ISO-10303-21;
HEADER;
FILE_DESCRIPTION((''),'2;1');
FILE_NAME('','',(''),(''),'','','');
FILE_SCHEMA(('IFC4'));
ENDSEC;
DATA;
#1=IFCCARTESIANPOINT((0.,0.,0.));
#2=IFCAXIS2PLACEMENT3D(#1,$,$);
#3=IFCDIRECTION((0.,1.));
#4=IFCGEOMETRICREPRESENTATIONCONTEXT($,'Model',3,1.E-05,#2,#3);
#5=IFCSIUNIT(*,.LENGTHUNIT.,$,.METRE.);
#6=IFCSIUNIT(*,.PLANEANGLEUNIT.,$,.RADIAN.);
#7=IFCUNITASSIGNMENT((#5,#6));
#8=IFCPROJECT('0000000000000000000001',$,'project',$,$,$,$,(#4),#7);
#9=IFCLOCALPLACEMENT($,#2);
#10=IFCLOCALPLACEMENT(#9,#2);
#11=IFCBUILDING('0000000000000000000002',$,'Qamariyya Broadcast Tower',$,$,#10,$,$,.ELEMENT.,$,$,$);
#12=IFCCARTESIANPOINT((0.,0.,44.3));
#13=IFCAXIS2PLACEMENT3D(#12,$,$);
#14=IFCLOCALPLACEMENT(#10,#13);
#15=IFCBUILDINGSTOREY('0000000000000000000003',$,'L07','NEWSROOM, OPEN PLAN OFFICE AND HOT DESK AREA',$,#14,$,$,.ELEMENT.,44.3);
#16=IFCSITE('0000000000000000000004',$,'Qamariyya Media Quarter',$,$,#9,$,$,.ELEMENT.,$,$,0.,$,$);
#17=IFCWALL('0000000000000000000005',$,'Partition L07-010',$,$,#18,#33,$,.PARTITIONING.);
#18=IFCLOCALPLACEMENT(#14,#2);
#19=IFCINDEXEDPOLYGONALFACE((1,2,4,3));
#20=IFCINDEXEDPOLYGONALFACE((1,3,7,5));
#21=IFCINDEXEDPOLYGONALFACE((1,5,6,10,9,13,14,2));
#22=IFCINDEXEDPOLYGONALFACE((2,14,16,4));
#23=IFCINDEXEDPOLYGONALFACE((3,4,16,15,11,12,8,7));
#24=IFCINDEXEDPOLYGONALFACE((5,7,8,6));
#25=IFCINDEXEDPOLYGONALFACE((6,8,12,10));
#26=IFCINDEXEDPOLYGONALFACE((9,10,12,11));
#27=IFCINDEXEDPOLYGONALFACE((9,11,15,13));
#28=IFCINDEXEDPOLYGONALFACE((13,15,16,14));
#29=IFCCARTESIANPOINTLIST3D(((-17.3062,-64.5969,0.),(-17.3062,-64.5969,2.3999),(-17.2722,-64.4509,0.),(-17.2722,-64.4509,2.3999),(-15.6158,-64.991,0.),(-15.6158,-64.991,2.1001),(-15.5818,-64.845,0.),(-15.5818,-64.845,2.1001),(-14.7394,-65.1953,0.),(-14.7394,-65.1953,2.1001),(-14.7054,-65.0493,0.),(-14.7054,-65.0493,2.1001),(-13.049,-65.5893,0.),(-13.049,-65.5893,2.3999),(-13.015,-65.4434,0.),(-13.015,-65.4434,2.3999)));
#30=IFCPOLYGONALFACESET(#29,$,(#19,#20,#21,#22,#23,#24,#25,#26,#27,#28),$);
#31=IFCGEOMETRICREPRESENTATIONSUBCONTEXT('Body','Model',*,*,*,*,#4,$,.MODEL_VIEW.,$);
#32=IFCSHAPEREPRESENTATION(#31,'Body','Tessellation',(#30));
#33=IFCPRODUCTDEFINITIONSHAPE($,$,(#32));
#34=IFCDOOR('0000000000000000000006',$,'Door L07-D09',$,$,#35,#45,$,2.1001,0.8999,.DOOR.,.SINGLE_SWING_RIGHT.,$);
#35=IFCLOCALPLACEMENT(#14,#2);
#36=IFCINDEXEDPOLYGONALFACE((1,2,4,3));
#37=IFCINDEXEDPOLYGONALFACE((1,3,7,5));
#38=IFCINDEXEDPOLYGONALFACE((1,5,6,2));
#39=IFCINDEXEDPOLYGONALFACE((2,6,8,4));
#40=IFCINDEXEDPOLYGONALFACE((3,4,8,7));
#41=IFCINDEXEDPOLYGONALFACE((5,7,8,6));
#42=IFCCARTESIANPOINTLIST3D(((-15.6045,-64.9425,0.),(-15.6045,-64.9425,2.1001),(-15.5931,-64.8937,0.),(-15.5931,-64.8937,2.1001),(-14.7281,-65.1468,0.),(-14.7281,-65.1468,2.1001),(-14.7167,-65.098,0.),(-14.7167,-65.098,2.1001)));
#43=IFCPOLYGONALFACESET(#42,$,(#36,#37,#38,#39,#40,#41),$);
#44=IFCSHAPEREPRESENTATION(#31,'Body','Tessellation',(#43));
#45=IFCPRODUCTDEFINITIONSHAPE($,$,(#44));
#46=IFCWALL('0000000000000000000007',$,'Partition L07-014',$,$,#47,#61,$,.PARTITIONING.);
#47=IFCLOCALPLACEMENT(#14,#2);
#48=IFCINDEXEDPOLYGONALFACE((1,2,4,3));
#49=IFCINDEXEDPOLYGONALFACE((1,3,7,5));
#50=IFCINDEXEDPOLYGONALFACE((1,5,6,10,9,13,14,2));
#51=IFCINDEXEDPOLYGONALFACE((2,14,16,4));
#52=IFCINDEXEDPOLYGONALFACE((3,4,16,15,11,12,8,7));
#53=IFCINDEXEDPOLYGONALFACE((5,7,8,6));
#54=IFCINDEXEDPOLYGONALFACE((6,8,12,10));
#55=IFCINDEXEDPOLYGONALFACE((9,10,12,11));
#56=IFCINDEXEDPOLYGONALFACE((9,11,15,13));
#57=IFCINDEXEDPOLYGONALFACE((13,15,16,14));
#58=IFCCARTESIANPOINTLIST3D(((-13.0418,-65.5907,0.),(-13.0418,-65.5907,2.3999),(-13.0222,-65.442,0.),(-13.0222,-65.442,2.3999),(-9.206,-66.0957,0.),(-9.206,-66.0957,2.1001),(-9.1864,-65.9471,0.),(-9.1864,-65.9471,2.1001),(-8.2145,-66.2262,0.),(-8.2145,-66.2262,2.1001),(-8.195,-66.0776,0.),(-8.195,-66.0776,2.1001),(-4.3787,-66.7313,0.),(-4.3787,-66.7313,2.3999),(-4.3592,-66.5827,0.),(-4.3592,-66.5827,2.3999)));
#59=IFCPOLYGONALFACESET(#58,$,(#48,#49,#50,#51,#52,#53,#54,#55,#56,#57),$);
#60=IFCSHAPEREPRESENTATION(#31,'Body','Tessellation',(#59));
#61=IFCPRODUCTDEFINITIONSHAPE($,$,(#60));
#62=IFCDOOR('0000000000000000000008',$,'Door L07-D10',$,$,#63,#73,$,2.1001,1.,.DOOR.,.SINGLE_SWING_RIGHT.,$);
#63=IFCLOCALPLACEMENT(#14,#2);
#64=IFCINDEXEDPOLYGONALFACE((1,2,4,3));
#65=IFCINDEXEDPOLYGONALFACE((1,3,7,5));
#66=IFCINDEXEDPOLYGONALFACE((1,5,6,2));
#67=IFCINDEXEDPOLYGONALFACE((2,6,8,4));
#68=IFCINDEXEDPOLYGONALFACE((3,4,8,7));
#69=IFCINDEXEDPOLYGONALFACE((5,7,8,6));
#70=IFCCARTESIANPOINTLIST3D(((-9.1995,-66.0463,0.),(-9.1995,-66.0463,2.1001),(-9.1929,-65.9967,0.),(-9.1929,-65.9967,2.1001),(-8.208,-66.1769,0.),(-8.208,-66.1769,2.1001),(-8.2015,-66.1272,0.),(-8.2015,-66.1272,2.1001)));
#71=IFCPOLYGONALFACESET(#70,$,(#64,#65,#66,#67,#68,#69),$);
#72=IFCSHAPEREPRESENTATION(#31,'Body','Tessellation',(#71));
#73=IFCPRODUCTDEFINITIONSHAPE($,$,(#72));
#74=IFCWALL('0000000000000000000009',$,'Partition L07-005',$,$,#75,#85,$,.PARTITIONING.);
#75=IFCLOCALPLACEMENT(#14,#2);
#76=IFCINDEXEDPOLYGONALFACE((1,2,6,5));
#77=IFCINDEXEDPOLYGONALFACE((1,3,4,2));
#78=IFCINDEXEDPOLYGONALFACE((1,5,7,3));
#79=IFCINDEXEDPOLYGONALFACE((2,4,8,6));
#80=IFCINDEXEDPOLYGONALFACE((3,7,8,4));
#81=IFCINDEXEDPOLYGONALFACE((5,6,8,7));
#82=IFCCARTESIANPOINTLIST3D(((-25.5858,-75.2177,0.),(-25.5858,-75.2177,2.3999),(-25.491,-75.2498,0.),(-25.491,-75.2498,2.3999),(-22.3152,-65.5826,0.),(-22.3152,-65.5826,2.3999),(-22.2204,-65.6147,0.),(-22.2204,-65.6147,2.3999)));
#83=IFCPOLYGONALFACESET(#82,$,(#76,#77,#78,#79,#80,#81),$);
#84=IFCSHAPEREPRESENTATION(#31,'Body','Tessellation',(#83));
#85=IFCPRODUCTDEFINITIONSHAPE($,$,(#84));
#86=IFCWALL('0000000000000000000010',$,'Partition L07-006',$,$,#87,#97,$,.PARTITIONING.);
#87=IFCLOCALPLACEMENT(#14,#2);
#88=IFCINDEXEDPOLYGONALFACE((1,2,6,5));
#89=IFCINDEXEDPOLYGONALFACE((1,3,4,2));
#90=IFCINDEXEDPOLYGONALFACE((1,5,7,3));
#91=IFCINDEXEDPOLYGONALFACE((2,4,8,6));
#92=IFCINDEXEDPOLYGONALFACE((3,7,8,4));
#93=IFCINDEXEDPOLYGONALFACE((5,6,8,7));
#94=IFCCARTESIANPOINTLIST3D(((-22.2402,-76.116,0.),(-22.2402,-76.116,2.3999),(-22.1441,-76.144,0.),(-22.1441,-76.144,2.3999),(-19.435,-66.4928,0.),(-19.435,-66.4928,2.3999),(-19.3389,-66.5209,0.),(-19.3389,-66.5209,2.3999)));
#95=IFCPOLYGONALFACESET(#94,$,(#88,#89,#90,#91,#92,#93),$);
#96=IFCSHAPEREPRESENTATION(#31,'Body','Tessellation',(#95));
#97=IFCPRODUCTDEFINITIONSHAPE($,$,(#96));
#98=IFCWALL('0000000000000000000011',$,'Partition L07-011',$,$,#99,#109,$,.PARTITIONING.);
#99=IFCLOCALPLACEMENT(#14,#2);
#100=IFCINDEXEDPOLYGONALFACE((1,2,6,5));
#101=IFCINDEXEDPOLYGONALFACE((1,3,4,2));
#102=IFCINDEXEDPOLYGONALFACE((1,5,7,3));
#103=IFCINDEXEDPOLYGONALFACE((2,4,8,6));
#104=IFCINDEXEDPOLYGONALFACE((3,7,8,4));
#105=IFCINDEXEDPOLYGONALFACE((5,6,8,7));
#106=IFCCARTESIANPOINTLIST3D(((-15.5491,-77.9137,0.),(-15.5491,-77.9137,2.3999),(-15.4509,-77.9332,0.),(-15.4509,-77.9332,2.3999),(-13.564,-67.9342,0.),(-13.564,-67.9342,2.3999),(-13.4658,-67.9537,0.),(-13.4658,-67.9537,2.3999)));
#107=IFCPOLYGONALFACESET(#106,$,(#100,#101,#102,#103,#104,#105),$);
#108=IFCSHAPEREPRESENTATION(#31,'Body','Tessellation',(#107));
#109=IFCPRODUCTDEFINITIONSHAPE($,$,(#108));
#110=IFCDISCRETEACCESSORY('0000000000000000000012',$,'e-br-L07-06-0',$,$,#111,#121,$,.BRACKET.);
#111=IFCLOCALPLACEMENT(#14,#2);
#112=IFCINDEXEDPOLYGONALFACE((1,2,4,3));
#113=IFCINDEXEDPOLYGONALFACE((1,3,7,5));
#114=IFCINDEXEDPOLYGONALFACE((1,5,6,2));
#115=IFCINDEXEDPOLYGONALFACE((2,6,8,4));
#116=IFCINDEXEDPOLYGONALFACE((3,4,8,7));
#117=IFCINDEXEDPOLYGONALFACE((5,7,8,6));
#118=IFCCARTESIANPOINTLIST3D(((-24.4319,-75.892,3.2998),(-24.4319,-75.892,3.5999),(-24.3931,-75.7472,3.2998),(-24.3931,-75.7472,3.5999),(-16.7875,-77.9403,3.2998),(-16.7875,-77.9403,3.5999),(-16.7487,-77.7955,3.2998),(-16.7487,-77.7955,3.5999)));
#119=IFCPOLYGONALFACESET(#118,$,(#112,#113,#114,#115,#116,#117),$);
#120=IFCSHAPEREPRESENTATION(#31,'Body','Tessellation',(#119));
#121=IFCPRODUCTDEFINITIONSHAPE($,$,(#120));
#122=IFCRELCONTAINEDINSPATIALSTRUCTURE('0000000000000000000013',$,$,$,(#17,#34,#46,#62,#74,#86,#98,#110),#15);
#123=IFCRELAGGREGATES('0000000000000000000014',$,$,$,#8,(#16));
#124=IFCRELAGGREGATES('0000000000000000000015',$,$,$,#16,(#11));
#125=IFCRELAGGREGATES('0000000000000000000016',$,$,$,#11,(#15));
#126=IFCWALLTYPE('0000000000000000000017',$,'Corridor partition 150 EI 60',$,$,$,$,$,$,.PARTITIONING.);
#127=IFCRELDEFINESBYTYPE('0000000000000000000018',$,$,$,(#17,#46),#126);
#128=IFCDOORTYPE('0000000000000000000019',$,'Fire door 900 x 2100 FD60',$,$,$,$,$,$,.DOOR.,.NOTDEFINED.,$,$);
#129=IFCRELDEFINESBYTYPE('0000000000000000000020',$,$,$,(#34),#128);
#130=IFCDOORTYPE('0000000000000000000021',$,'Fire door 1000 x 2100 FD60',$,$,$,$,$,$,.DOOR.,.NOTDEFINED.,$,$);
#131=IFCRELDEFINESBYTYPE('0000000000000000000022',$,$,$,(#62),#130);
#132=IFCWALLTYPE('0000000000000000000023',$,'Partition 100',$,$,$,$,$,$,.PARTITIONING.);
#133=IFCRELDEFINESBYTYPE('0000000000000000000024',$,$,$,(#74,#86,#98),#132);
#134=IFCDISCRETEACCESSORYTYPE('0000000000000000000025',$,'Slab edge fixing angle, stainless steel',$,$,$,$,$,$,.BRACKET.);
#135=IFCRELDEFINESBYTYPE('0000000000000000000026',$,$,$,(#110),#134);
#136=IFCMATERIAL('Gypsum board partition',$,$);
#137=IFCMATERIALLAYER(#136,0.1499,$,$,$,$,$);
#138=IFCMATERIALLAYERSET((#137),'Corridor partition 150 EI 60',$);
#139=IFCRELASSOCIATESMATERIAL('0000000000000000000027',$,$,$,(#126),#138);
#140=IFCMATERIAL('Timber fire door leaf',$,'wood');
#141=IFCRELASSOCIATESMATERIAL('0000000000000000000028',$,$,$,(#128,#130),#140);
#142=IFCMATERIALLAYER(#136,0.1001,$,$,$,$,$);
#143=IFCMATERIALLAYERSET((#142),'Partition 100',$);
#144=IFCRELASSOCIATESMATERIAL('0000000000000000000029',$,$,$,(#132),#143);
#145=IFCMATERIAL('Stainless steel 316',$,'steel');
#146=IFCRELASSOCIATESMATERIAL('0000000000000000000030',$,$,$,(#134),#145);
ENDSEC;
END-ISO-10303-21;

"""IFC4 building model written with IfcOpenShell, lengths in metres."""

from ifc_helpers import new_model, si_unit, direction, frame, frame_2d, origin, origin_2d, place, context, subcontext, project, spatial, rectangle, extrude, material, layer, layer_set, type_object, element, fill, save


model = new_model("IFC4")

# Units and contexts
model_context = context("Model", 3, precision=1e-05, world=origin(), true_north=direction((0.0, 1.0)))
body_context = subcontext(model_context, "Body", "Model", "MODEL_VIEW")
ifc_project = project(units=[si_unit("LENGTHUNIT", "METRE"), si_unit("PLANEANGLEUNIT", "RADIAN")], contexts=[model_context])

# Site, building, storey
site_placement = place(None, origin())
site = spatial("IfcSite", under=ifc_project, at=site_placement, Name="Qamariyya Media Quarter", CompositionType="ELEMENT", RefElevation=0.0)
building_placement = place(site_placement, origin())
building = spatial("IfcBuilding", under=site, at=building_placement, Name="Qamariyya Broadcast Tower", CompositionType="ELEMENT")
storey_placement = place(building_placement, frame((0.0, 0.0, 44.3)))
storey = spatial("IfcBuildingStorey", under=building, at=storey_placement, Name="L07", Description="NEWSROOM, OPEN PLAN OFFICE AND HOT DESK AREA", CompositionType="ELEMENT", Elevation=44.3)

# Walls, openings, doors
ifc_material_1 = material(Name="Gypsum board partition")
ifc_layer_1 = layer(ifc_material_1, 0.1499)
ifc_layer_set_1 = layer_set([ifc_layer_1], Name="Corridor partition 150 EI 60")
wall_type_1 = type_object("IfcWallType", Name="Corridor partition 150 EI 60", PredefinedType="PARTITIONING", material=ifc_layer_set_1)
ifc_material_2 = material(Name="Timber fire door leaf", Category="wood")
door_type_1 = type_object("IfcDoorType", Name="Fire door 900 x 2100 FD60", OperationType="NOTDEFINED", PredefinedType="DOOR", material=ifc_material_2)
door_type_2 = type_object("IfcDoorType", Name="Fire door 1000 x 2100 FD60", OperationType="NOTDEFINED", PredefinedType="DOOR", material=ifc_material_2)
wall_1_placement = place(storey_placement, frame((-17.2891, -64.5239, 0.0), z_axis=(0.0, 0.0, 1.0), x_axis=(0.973886, -0.227037, 0.0)))
wall_1 = element("IfcWall", 1, at=wall_1_placement, inside=storey, type_object=wall_type_1, Name="Partition L07-010", PredefinedType="PARTITIONING", context=body_context, shape_type="SweptSolid", body=[
    extrude(rectangle(XDim=4.3713, YDim=0.1499, at=frame_2d((2.1855, 0.0))), origin(), (0.0, 0.0, 1.0), 2.3999),
])
opening_1_placement = place(wall_1_placement, frame((1.7356, 0.0, 0.0)))
opening_1 = element("IfcOpeningElement", 2, at=opening_1_placement, cuts=wall_1, PredefinedType="OPENING", context=body_context, shape_type="SweptSolid", body=[
    extrude(rectangle(XDim=0.8999, YDim=2.1001, at=frame_2d((0.45, 1.05))), frame((0.0, 0.085, 0.0), z_axis=(0.0, -1.0, 0.0), x_axis=(1.0, 0.0, 0.0)), (0.0, 0.0, 1.0), 0.1699),
])
door_1_placement = place(opening_1_placement, origin())
door_1 = element("IfcDoor", 3, at=door_1_placement, inside=storey, type_object=door_type_1, Name="Door L07-D09", OperationType="SINGLE_SWING_RIGHT", OverallHeight=2.1001, OverallWidth=0.8999, PredefinedType="DOOR", context=body_context, shape_type="SweptSolid", body=[
    extrude(rectangle(XDim=0.8999, YDim=2.1001, at=frame_2d((0.45, 1.05))), frame((0.0, 0.0249, 0.0), z_axis=(0.0, -1.0, 0.0), x_axis=(1.0, 0.0, 0.0)), (0.0, 0.0, 1.0), 0.05),
])
fill(opening_1, door_1)
wall_2_placement = place(storey_placement, frame((-13.032, -65.5164, 0.0), z_axis=(0.0, 0.0, 1.0), x_axis=(0.991443, -0.130538, 0.0)))
wall_2 = element("IfcWall", 4, at=wall_2_placement, inside=storey, type_object=wall_type_1, Name="Partition L07-014", PredefinedType="PARTITIONING", context=body_context, shape_type="SweptSolid", body=[
    extrude(rectangle(XDim=8.7378, YDim=0.1499, at=frame_2d((4.3689, 0.0))), origin(), (0.0, 0.0, 1.0), 2.3999),
])
opening_2_placement = place(wall_2_placement, frame((3.8689, 0.0, 0.0)))
opening_2 = element("IfcOpeningElement", 5, at=opening_2_placement, cuts=wall_2, PredefinedType="OPENING", context=body_context, shape_type="SweptSolid", body=[
    extrude(rectangle(XDim=1.0, YDim=2.1001, at=frame_2d((0.5, 1.05))), frame((0.0, 0.085, 0.0), z_axis=(0.0, -1.0, 0.0), x_axis=(1.0, 0.0, 0.0)), (0.0, 0.0, 1.0), 0.1699),
])
door_2_placement = place(opening_2_placement, origin())
door_2 = element("IfcDoor", 6, at=door_2_placement, inside=storey, type_object=door_type_2, Name="Door L07-D10", OperationType="SINGLE_SWING_RIGHT", OverallHeight=2.1001, OverallWidth=1.0, PredefinedType="DOOR", context=body_context, shape_type="SweptSolid", body=[
    extrude(rectangle(XDim=1.0, YDim=2.1001, at=frame_2d((0.5, 1.05))), frame((0.0, 0.0249, 0.0), z_axis=(0.0, -1.0, 0.0), x_axis=(1.0, 0.0, 0.0)), (0.0, 0.0, 1.0), 0.05),
])
fill(opening_2, door_2)

# Walls
ifc_layer_2 = layer(ifc_material_1, 0.1001)
ifc_layer_set_2 = layer_set([ifc_layer_2], Name="Partition 100")
wall_type_2 = type_object("IfcWallType", Name="Partition 100", PredefinedType="PARTITIONING", material=ifc_layer_set_2)
wall_3_placement = place(storey_placement, frame((-25.5383, -75.2336, 0.0), z_axis=(0.0, 0.0, 1.0), x_axis=(0.321427, 0.946934, 0.0)))
element("IfcWall", 7, at=wall_3_placement, inside=storey, type_object=wall_type_2, Name="Partition L07-005", PredefinedType="PARTITIONING", context=body_context, shape_type="SweptSolid", body=[
    extrude(rectangle(XDim=10.175, YDim=0.1001, at=frame_2d((5.0874, 0.0))), origin(), (0.0, 0.0, 1.0), 2.3999),
])
wall_4_placement = place(storey_placement, frame((-22.1921, -76.1299, 0.0), z_axis=(0.0, 0.0, 1.0), x_axis=(0.279858, 0.960041, 0.0)))
element("IfcWall", 8, at=wall_4_placement, inside=storey, type_object=wall_type_2, Name="Partition L07-006", PredefinedType="PARTITIONING", context=body_context, shape_type="SweptSolid", body=[
    extrude(rectangle(XDim=10.0237, YDim=0.1001, at=frame_2d((5.0117, 0.0))), origin(), (0.0, 0.0, 1.0), 2.3999),
])
wall_5_placement = place(storey_placement, frame((-15.5, -77.9233, 0.0), z_axis=(0.0, 0.0, 1.0), x_axis=(0.195096, 0.980784, 0.0)))
element("IfcWall", 9, at=wall_5_placement, inside=storey, type_object=wall_type_2, Name="Partition L07-011", PredefinedType="PARTITIONING", context=body_context, shape_type="SweptSolid", body=[
    extrude(rectangle(XDim=10.175, YDim=0.1001, at=frame_2d((5.0874, 0.0))), origin(), (0.0, 0.0, 1.0), 2.3999),
])

# Discrete accessory
ifc_material_3 = material(Name="Stainless steel 316", Category="steel")
discrete_accessory_type = type_object("IfcDiscreteAccessoryType", Name="Slab edge fixing angle, stainless steel", PredefinedType="BRACKET", material=ifc_material_3)
discrete_accessory_placement = place(storey_placement, frame((-20.5903, -76.8438, 3.2998), z_axis=(0.0, 0.0, 1.0), x_axis=(0.965926, -0.258819, 0.0)))
element("IfcDiscreteAccessory", 10, at=discrete_accessory_placement, inside=storey, type_object=discrete_accessory_type, Name="e-br-L07-06-0", PredefinedType="BRACKET", context=body_context, shape_type="SweptSolid", body=[
    extrude(rectangle(XDim=7.9141, YDim=0.1499, at=origin_2d()), origin(), (0.0, 0.0, 1.0), 0.3),
])

save(model, "model.ifc")
